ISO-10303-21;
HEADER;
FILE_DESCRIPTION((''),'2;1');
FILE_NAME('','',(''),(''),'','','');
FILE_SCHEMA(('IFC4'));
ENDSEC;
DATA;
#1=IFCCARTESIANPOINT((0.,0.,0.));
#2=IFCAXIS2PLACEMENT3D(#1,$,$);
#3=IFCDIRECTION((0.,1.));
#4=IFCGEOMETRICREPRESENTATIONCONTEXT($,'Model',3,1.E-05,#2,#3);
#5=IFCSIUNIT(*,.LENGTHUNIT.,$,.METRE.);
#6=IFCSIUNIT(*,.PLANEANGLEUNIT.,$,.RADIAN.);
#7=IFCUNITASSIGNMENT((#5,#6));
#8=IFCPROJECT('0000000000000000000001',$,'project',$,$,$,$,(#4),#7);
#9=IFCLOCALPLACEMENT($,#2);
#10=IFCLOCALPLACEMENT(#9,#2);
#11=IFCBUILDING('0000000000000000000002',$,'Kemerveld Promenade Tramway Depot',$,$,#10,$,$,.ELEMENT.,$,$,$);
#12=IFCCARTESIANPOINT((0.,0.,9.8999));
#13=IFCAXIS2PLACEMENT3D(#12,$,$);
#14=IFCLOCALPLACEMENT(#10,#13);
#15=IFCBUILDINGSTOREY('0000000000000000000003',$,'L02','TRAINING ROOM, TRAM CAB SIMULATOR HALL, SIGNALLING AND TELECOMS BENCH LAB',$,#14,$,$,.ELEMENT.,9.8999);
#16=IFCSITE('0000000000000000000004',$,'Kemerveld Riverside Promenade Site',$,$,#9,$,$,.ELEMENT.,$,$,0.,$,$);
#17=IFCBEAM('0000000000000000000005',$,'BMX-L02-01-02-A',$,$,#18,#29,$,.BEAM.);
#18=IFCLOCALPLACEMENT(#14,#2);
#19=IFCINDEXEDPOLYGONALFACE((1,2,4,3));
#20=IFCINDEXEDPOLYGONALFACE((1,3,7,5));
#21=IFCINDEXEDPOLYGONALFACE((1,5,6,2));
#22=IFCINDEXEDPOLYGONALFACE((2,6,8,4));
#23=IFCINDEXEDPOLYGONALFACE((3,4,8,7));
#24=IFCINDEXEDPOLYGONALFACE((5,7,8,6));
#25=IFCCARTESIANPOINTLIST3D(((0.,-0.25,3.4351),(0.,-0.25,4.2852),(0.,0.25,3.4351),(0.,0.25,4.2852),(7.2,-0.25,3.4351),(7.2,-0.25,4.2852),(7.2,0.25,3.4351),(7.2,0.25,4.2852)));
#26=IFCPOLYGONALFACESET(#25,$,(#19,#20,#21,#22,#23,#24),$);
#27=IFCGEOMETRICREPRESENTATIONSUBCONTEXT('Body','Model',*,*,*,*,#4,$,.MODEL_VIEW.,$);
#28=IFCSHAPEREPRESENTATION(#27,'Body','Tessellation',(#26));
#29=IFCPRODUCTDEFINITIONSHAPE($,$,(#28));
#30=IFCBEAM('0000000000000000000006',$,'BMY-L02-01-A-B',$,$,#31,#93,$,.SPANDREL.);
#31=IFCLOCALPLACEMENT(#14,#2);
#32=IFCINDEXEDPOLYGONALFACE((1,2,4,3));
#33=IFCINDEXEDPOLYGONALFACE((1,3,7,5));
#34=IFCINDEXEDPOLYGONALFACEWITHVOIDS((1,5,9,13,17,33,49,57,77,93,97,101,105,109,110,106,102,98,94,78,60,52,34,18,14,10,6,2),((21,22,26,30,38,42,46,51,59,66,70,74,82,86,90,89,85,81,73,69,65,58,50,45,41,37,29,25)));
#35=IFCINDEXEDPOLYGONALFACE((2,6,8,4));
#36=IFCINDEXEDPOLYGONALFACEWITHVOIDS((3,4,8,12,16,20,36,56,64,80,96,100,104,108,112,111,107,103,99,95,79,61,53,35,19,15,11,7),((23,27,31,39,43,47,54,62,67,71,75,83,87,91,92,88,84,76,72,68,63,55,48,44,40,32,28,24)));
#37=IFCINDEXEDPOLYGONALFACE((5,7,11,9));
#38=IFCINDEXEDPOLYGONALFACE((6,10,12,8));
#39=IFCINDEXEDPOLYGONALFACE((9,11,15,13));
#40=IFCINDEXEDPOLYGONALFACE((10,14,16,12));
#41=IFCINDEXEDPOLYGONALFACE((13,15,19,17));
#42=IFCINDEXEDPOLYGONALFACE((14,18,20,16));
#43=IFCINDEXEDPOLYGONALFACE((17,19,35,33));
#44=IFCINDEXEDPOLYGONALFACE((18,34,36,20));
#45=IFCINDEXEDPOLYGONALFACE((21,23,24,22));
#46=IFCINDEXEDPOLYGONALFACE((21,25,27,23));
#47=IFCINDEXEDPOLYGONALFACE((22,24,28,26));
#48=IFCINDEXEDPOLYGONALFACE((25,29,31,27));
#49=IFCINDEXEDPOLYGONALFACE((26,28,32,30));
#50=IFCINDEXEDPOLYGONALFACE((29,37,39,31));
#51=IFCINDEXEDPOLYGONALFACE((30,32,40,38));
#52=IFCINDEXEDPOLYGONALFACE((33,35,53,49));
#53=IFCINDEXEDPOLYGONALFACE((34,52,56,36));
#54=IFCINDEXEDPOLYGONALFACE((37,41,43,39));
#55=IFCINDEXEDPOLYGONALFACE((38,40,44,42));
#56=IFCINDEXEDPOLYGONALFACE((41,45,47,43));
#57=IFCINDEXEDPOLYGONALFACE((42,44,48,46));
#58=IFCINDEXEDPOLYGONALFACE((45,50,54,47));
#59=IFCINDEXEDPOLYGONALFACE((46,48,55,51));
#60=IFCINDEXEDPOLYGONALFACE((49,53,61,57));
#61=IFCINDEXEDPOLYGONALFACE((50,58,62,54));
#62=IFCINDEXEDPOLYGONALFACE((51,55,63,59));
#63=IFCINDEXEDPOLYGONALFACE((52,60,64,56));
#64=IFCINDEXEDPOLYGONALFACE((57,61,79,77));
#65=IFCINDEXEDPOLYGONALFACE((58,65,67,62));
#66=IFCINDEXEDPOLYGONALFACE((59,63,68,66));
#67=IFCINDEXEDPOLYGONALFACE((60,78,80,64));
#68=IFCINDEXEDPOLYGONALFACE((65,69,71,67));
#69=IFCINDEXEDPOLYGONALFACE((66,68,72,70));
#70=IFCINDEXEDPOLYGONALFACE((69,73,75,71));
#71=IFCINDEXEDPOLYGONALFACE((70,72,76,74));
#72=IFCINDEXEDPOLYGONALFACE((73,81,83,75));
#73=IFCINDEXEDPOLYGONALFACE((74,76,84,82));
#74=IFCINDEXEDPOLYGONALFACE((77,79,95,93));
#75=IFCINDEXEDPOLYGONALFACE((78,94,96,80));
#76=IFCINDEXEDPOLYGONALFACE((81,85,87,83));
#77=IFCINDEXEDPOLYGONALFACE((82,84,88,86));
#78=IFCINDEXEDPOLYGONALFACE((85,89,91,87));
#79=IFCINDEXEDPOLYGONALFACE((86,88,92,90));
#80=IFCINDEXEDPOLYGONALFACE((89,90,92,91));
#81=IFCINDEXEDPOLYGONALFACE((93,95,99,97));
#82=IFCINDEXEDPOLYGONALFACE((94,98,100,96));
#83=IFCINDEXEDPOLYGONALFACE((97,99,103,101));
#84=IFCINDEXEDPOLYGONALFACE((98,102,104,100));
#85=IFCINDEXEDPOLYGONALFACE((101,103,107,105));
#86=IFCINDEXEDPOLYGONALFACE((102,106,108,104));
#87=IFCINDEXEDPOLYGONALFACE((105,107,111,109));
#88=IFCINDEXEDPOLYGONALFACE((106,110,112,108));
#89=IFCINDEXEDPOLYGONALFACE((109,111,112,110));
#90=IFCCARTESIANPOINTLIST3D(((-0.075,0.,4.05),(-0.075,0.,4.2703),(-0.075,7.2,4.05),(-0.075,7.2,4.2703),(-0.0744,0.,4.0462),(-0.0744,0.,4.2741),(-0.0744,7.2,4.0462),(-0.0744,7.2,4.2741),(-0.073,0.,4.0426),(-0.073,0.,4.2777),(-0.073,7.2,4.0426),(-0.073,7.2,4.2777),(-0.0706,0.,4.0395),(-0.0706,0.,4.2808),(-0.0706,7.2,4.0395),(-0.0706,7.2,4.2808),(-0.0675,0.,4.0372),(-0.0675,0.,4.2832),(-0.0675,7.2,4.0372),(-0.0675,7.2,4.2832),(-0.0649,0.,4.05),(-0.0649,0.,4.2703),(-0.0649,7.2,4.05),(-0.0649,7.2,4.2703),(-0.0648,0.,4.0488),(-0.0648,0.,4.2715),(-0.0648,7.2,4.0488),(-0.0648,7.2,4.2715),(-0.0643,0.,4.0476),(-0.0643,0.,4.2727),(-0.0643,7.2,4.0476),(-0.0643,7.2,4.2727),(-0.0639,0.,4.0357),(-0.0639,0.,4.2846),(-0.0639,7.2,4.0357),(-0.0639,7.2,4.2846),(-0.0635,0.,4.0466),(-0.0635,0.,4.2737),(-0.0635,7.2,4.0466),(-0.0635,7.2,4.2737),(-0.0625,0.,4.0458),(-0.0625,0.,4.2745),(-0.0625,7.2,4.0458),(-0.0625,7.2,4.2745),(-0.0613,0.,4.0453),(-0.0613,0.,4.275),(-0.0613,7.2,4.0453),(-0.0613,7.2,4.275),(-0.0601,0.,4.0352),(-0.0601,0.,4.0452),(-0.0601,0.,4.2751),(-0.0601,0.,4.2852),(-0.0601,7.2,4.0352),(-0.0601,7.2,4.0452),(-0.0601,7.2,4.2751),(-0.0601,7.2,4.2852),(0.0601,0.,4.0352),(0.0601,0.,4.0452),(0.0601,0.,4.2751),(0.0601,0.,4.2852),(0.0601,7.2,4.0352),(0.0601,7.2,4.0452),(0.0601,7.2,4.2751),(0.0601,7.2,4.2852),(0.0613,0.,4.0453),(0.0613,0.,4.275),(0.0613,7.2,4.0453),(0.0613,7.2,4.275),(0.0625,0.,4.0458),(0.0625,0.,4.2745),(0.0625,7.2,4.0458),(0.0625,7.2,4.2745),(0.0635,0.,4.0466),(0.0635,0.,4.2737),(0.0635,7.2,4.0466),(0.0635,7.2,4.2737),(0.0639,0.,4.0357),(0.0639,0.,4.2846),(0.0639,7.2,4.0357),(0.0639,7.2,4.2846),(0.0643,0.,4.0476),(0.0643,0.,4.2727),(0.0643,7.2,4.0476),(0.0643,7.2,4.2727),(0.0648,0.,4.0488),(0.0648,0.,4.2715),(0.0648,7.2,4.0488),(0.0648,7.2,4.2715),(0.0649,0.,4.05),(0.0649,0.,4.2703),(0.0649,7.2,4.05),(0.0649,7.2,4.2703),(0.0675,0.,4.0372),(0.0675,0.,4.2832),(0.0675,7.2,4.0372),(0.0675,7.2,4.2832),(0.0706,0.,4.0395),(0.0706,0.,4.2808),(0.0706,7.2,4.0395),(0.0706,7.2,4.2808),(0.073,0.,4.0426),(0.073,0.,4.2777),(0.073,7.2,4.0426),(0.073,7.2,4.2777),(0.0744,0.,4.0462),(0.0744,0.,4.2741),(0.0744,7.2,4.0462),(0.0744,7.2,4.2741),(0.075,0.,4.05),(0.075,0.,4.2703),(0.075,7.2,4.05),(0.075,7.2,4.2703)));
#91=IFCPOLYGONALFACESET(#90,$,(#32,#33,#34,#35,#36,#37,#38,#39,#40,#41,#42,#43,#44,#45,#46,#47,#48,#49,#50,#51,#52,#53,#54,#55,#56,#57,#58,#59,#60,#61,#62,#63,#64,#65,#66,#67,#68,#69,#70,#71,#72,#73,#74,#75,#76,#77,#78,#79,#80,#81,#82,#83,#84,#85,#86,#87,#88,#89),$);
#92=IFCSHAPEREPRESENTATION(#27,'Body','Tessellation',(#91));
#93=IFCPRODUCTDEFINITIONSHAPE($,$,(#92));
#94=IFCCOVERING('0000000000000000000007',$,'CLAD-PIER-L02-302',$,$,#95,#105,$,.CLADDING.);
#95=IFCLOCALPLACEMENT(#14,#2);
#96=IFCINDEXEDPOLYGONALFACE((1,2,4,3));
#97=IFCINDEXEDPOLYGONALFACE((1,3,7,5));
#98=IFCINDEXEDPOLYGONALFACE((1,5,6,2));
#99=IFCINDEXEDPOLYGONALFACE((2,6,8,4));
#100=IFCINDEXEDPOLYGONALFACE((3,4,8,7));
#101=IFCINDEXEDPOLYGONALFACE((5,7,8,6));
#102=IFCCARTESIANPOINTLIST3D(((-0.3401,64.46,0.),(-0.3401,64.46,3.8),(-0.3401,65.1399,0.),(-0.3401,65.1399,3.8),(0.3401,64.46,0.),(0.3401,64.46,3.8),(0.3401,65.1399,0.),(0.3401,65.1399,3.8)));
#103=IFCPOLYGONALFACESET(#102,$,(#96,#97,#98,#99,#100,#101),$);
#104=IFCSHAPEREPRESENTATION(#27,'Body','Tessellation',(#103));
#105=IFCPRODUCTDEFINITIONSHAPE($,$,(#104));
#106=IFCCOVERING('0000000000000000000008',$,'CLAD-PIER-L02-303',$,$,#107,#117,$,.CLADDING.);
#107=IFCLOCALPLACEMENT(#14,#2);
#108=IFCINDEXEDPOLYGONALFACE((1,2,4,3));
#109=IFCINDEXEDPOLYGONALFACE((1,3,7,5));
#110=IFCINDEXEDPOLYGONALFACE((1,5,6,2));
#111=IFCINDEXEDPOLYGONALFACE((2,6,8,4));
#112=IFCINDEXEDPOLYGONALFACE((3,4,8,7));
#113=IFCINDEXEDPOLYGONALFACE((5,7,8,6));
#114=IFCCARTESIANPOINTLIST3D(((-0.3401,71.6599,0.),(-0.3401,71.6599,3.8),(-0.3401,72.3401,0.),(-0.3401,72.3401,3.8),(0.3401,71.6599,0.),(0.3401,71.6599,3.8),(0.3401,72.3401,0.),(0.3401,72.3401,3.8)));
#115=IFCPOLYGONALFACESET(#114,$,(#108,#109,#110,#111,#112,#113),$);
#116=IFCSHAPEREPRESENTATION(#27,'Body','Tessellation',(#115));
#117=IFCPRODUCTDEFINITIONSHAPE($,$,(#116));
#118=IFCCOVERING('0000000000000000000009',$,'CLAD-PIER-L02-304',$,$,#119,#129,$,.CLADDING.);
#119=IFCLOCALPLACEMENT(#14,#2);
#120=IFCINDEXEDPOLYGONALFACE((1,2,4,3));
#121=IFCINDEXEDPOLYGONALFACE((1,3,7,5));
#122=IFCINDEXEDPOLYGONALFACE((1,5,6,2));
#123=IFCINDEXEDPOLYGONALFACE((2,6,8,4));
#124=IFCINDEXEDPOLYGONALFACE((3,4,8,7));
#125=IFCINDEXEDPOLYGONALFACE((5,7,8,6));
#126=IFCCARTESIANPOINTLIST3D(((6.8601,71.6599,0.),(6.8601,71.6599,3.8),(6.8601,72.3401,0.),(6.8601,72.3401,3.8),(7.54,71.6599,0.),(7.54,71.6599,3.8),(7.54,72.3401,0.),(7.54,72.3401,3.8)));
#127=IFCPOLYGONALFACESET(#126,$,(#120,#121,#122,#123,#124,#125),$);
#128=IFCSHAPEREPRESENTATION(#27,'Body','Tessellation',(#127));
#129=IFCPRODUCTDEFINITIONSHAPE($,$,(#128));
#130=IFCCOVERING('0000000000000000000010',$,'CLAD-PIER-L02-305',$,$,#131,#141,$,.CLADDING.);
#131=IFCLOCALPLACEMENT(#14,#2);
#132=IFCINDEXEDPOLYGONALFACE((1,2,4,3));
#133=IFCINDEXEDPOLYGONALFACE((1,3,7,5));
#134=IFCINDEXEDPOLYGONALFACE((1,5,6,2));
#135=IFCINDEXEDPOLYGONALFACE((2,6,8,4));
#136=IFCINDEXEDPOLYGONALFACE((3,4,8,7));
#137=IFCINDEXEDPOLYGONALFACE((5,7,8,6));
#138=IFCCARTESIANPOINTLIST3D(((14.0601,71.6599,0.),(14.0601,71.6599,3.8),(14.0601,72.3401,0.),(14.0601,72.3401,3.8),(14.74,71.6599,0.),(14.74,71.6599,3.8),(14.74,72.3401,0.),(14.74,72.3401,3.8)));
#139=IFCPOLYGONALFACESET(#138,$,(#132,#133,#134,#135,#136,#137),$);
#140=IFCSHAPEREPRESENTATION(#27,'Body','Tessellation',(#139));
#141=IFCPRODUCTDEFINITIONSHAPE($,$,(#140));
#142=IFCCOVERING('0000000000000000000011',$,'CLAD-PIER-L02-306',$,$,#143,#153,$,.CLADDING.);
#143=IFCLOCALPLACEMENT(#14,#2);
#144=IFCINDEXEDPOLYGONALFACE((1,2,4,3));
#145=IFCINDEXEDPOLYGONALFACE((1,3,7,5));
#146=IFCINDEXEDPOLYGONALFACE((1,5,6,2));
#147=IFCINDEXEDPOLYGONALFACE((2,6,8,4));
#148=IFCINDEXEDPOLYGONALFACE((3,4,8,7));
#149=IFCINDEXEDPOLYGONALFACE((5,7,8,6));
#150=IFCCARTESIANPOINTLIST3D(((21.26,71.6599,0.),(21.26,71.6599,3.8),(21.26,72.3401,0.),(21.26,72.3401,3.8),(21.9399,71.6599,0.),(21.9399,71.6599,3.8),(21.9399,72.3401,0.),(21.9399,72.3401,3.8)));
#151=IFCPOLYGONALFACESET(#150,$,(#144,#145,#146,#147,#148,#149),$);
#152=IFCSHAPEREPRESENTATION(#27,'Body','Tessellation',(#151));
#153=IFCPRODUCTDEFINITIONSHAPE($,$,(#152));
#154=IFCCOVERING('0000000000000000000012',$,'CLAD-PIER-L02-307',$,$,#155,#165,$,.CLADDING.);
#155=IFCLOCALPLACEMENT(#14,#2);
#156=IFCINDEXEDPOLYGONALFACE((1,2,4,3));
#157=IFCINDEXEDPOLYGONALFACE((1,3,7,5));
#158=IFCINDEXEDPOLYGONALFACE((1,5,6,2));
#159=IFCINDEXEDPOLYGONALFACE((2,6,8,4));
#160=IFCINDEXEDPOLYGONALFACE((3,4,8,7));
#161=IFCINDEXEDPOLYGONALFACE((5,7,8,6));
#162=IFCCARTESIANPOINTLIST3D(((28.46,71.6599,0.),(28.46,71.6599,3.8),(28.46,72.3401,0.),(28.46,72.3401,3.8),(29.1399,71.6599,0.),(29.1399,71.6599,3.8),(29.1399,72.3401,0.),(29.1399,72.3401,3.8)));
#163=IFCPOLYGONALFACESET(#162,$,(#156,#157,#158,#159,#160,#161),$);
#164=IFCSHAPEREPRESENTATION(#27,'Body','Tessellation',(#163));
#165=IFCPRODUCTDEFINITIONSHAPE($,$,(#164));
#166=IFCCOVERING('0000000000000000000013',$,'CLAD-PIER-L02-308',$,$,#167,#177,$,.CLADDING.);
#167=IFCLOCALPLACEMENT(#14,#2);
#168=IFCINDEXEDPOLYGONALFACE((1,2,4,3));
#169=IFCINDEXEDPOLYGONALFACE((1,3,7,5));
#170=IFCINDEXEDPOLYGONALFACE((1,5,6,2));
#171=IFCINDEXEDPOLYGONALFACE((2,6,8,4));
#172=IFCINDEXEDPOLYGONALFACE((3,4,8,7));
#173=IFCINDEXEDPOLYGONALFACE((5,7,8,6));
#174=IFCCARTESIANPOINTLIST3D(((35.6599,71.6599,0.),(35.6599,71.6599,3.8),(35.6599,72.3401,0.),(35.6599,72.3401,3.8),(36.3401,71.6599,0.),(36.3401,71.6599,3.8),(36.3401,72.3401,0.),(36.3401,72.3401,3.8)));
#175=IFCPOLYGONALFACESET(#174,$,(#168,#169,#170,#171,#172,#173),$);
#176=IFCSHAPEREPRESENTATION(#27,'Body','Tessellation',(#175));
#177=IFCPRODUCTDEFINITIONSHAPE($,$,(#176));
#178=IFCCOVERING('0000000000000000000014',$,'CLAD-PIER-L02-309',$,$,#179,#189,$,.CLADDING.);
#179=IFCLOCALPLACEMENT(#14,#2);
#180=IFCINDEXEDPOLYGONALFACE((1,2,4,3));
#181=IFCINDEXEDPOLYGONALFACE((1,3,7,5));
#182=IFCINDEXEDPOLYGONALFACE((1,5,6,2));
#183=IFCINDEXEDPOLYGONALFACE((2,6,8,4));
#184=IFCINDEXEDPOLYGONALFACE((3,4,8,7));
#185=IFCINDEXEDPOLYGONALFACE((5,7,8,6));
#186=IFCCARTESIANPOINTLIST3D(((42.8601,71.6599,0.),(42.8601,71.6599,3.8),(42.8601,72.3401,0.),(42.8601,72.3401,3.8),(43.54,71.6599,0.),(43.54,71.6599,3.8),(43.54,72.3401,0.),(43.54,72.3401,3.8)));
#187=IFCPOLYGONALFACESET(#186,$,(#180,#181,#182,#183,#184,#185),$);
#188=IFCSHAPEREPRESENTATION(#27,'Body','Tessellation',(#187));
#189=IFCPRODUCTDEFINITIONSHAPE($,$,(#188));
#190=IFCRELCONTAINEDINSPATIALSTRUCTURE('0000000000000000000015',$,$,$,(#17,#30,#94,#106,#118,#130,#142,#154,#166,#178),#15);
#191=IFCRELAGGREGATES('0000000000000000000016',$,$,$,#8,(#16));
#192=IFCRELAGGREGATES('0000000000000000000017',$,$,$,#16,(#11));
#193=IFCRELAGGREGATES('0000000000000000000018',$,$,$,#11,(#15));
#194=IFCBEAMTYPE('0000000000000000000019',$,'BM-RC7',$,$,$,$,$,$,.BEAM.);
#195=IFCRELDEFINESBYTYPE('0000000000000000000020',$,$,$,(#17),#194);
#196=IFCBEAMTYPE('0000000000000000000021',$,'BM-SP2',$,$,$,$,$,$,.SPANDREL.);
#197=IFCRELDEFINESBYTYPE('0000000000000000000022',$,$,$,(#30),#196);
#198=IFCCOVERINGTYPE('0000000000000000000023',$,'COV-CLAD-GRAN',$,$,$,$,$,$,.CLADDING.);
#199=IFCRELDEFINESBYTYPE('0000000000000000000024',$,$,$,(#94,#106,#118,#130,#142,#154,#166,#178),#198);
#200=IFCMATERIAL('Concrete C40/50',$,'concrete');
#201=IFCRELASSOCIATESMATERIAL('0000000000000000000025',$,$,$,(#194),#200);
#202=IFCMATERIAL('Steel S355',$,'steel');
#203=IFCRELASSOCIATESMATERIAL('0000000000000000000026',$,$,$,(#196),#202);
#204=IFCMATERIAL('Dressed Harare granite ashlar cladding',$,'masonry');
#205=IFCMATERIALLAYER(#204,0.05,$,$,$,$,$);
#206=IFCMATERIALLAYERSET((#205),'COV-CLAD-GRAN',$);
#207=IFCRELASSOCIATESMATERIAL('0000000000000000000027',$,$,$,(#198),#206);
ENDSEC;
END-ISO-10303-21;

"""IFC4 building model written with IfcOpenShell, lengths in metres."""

from ifc_helpers import new_model, si_unit, direction, frame, origin, origin_2d, place, context, subcontext, project, spatial, polyline, rectangle, hollow_rectangle, outline, extrude, material, layer, layer_set, material_profile, profile_set, type_object, element, save


model = new_model("IFC4")

# Units and contexts
model_context = context("Model", 3, precision=1e-05, world=origin(), true_north=direction((0.0, 1.0)))
body_context = subcontext(model_context, "Body", "Model", "MODEL_VIEW")
ifc_project = project(units=[si_unit("LENGTHUNIT", "METRE"), si_unit("PLANEANGLEUNIT", "RADIAN")], contexts=[model_context])

# Site, building, storey
site_placement = place(None, origin())
site = spatial("IfcSite", under=ifc_project, at=site_placement, Name="Kemerveld Riverside Promenade Site", CompositionType="ELEMENT", RefElevation=0.0)
building_placement = place(site_placement, origin())
building = spatial("IfcBuilding", under=site, at=building_placement, Name="Kemerveld Promenade Tramway Depot", CompositionType="ELEMENT")
storey_placement = place(building_placement, frame((0.0, 0.0, 9.8999)))
storey = spatial("IfcBuildingStorey", under=building, at=storey_placement, Name="L02", Description="TRAINING ROOM, TRAM CAB SIMULATOR HALL, SIGNALLING AND TELECOMS BENCH LAB", CompositionType="ELEMENT", Elevation=9.8999)

# Beams
ifc_material_1 = material(Name="Concrete C40/50", Category="concrete")
ifc_material_profile_1 = material_profile(ifc_material_1, rectangle(XDim=0.5, YDim=0.8501, at=origin_2d()), Name="RC-BM-500x850")
ifc_profile_set_1 = profile_set([ifc_material_profile_1], Name="Concrete C40/50")
beam_type_1 = type_object("IfcBeamType", Name="BM-RC7", PredefinedType="BEAM", material=ifc_profile_set_1)
beam_1_placement = place(storey_placement, frame((0.0, 0.0, 3.8601), z_axis=(1.0, 0.0, 0.0), x_axis=(0.0, 1.0, 0.0)))
element("IfcBeam", 1, at=beam_1_placement, inside=storey, type_object=beam_type_1, Name="BMX-L02-01-02-A", PredefinedType="BEAM", context=body_context, shape_type="SweptSolid", body=[
    extrude(rectangle(XDim=0.5, YDim=0.8501, at=origin_2d()), origin(), (0.0, 0.0, 1.0), 7.2),
])
ifc_material_2 = material(Name="Steel S355", Category="steel")
ifc_material_profile_2 = material_profile(ifc_material_2, hollow_rectangle(XDim=0.1499, YDim=0.25, WallThickness=0.01, InnerFilletRadius=0.0049, OuterFilletRadius=0.0149, at=origin_2d()), Name="250x150x10.0 RHS")
ifc_profile_set_2 = profile_set([ifc_material_profile_2], Name="Steel S355")
beam_type_2 = type_object("IfcBeamType", Name="BM-SP2", PredefinedType="SPANDREL", material=ifc_profile_set_2)
beam_2_placement = place(storey_placement, frame((0.0, 0.0, 4.1602), z_axis=(0.0, 1.0, 0.0), x_axis=(-1.0, 0.0, 0.0)))
element("IfcBeam", 2, at=beam_2_placement, inside=storey, type_object=beam_type_2, Name="BMY-L02-01-A-B", PredefinedType="SPANDREL", context=body_context, shape_type="SweptSolid", body=[
    extrude(hollow_rectangle(XDim=0.1499, YDim=0.25, WallThickness=0.01, InnerFilletRadius=0.0049, OuterFilletRadius=0.0149, at=origin_2d()), origin(), (0.0, 0.0, 1.0), 7.2),
])

# Coverings
ifc_material_3 = material(Name="Dressed Harare granite ashlar cladding", Category="masonry")
ifc_layer = layer(ifc_material_3, 0.05)
ifc_layer_set = layer_set([ifc_layer], Name="COV-CLAD-GRAN")
covering_type = type_object("IfcCoveringType", Name="COV-CLAD-GRAN", PredefinedType="CLADDING", material=ifc_layer_set)
covering_1_placement = place(storey_placement, origin())
element("IfcCovering", 3, at=covering_1_placement, inside=storey, type_object=covering_type, Name="CLAD-PIER-L02-302", PredefinedType="CLADDING", context=body_context, shape_type="SweptSolid", body=[
    extrude(outline(polyline([(-0.3401, 64.46), (0.3401, 64.46), (0.3401, 65.1399), (-0.3401, 65.1399), (-0.3401, 64.46)])), origin(), (0.0, 0.0, 1.0), 3.8),
])
covering_2_placement = place(storey_placement, origin())
element("IfcCovering", 4, at=covering_2_placement, inside=storey, type_object=covering_type, Name="CLAD-PIER-L02-303", PredefinedType="CLADDING", context=body_context, shape_type="SweptSolid", body=[
    extrude(outline(polyline([(-0.3401, 71.6599), (0.3401, 71.6599), (0.3401, 72.3401), (-0.3401, 72.3401), (-0.3401, 71.6599)])), origin(), (0.0, 0.0, 1.0), 3.8),
])
covering_3_placement = place(storey_placement, origin())
element("IfcCovering", 5, at=covering_3_placement, inside=storey, type_object=covering_type, Name="CLAD-PIER-L02-304", PredefinedType="CLADDING", context=body_context, shape_type="SweptSolid", body=[
    extrude(outline(polyline([(6.8601, 71.6599), (7.54, 71.6599), (7.54, 72.3401), (6.8601, 72.3401), (6.8601, 71.6599)])), origin(), (0.0, 0.0, 1.0), 3.8),
])
covering_4_placement = place(storey_placement, origin())
element("IfcCovering", 6, at=covering_4_placement, inside=storey, type_object=covering_type, Name="CLAD-PIER-L02-305", PredefinedType="CLADDING", context=body_context, shape_type="SweptSolid", body=[
    extrude(outline(polyline([(14.0601, 71.6599), (14.74, 71.6599), (14.74, 72.3401), (14.0601, 72.3401), (14.0601, 71.6599)])), origin(), (0.0, 0.0, 1.0), 3.8),
])
covering_5_placement = place(storey_placement, origin())
element("IfcCovering", 7, at=covering_5_placement, inside=storey, type_object=covering_type, Name="CLAD-PIER-L02-306", PredefinedType="CLADDING", context=body_context, shape_type="SweptSolid", body=[
    extrude(outline(polyline([(21.26, 71.6599), (21.9399, 71.6599), (21.9399, 72.3401), (21.26, 72.3401), (21.26, 71.6599)])), origin(), (0.0, 0.0, 1.0), 3.8),
])
covering_6_placement = place(storey_placement, origin())
element("IfcCovering", 8, at=covering_6_placement, inside=storey, type_object=covering_type, Name="CLAD-PIER-L02-307", PredefinedType="CLADDING", context=body_context, shape_type="SweptSolid", body=[
    extrude(outline(polyline([(28.46, 71.6599), (29.1399, 71.6599), (29.1399, 72.3401), (28.46, 72.3401), (28.46, 71.6599)])), origin(), (0.0, 0.0, 1.0), 3.8),
])
covering_7_placement = place(storey_placement, origin())
element("IfcCovering", 9, at=covering_7_placement, inside=storey, type_object=covering_type, Name="CLAD-PIER-L02-308", PredefinedType="CLADDING", context=body_context, shape_type="SweptSolid", body=[
    extrude(outline(polyline([(35.6599, 71.6599), (36.3401, 71.6599), (36.3401, 72.3401), (35.6599, 72.3401), (35.6599, 71.6599)])), origin(), (0.0, 0.0, 1.0), 3.8),
])
covering_8_placement = place(storey_placement, origin())
element("IfcCovering", 10, at=covering_8_placement, inside=storey, type_object=covering_type, Name="CLAD-PIER-L02-309", PredefinedType="CLADDING", context=body_context, shape_type="SweptSolid", body=[
    extrude(outline(polyline([(42.8601, 71.6599), (43.54, 71.6599), (43.54, 72.3401), (42.8601, 72.3401), (42.8601, 71.6599)])), origin(), (0.0, 0.0, 1.0), 3.8),
])

save(model, "model.ifc")
